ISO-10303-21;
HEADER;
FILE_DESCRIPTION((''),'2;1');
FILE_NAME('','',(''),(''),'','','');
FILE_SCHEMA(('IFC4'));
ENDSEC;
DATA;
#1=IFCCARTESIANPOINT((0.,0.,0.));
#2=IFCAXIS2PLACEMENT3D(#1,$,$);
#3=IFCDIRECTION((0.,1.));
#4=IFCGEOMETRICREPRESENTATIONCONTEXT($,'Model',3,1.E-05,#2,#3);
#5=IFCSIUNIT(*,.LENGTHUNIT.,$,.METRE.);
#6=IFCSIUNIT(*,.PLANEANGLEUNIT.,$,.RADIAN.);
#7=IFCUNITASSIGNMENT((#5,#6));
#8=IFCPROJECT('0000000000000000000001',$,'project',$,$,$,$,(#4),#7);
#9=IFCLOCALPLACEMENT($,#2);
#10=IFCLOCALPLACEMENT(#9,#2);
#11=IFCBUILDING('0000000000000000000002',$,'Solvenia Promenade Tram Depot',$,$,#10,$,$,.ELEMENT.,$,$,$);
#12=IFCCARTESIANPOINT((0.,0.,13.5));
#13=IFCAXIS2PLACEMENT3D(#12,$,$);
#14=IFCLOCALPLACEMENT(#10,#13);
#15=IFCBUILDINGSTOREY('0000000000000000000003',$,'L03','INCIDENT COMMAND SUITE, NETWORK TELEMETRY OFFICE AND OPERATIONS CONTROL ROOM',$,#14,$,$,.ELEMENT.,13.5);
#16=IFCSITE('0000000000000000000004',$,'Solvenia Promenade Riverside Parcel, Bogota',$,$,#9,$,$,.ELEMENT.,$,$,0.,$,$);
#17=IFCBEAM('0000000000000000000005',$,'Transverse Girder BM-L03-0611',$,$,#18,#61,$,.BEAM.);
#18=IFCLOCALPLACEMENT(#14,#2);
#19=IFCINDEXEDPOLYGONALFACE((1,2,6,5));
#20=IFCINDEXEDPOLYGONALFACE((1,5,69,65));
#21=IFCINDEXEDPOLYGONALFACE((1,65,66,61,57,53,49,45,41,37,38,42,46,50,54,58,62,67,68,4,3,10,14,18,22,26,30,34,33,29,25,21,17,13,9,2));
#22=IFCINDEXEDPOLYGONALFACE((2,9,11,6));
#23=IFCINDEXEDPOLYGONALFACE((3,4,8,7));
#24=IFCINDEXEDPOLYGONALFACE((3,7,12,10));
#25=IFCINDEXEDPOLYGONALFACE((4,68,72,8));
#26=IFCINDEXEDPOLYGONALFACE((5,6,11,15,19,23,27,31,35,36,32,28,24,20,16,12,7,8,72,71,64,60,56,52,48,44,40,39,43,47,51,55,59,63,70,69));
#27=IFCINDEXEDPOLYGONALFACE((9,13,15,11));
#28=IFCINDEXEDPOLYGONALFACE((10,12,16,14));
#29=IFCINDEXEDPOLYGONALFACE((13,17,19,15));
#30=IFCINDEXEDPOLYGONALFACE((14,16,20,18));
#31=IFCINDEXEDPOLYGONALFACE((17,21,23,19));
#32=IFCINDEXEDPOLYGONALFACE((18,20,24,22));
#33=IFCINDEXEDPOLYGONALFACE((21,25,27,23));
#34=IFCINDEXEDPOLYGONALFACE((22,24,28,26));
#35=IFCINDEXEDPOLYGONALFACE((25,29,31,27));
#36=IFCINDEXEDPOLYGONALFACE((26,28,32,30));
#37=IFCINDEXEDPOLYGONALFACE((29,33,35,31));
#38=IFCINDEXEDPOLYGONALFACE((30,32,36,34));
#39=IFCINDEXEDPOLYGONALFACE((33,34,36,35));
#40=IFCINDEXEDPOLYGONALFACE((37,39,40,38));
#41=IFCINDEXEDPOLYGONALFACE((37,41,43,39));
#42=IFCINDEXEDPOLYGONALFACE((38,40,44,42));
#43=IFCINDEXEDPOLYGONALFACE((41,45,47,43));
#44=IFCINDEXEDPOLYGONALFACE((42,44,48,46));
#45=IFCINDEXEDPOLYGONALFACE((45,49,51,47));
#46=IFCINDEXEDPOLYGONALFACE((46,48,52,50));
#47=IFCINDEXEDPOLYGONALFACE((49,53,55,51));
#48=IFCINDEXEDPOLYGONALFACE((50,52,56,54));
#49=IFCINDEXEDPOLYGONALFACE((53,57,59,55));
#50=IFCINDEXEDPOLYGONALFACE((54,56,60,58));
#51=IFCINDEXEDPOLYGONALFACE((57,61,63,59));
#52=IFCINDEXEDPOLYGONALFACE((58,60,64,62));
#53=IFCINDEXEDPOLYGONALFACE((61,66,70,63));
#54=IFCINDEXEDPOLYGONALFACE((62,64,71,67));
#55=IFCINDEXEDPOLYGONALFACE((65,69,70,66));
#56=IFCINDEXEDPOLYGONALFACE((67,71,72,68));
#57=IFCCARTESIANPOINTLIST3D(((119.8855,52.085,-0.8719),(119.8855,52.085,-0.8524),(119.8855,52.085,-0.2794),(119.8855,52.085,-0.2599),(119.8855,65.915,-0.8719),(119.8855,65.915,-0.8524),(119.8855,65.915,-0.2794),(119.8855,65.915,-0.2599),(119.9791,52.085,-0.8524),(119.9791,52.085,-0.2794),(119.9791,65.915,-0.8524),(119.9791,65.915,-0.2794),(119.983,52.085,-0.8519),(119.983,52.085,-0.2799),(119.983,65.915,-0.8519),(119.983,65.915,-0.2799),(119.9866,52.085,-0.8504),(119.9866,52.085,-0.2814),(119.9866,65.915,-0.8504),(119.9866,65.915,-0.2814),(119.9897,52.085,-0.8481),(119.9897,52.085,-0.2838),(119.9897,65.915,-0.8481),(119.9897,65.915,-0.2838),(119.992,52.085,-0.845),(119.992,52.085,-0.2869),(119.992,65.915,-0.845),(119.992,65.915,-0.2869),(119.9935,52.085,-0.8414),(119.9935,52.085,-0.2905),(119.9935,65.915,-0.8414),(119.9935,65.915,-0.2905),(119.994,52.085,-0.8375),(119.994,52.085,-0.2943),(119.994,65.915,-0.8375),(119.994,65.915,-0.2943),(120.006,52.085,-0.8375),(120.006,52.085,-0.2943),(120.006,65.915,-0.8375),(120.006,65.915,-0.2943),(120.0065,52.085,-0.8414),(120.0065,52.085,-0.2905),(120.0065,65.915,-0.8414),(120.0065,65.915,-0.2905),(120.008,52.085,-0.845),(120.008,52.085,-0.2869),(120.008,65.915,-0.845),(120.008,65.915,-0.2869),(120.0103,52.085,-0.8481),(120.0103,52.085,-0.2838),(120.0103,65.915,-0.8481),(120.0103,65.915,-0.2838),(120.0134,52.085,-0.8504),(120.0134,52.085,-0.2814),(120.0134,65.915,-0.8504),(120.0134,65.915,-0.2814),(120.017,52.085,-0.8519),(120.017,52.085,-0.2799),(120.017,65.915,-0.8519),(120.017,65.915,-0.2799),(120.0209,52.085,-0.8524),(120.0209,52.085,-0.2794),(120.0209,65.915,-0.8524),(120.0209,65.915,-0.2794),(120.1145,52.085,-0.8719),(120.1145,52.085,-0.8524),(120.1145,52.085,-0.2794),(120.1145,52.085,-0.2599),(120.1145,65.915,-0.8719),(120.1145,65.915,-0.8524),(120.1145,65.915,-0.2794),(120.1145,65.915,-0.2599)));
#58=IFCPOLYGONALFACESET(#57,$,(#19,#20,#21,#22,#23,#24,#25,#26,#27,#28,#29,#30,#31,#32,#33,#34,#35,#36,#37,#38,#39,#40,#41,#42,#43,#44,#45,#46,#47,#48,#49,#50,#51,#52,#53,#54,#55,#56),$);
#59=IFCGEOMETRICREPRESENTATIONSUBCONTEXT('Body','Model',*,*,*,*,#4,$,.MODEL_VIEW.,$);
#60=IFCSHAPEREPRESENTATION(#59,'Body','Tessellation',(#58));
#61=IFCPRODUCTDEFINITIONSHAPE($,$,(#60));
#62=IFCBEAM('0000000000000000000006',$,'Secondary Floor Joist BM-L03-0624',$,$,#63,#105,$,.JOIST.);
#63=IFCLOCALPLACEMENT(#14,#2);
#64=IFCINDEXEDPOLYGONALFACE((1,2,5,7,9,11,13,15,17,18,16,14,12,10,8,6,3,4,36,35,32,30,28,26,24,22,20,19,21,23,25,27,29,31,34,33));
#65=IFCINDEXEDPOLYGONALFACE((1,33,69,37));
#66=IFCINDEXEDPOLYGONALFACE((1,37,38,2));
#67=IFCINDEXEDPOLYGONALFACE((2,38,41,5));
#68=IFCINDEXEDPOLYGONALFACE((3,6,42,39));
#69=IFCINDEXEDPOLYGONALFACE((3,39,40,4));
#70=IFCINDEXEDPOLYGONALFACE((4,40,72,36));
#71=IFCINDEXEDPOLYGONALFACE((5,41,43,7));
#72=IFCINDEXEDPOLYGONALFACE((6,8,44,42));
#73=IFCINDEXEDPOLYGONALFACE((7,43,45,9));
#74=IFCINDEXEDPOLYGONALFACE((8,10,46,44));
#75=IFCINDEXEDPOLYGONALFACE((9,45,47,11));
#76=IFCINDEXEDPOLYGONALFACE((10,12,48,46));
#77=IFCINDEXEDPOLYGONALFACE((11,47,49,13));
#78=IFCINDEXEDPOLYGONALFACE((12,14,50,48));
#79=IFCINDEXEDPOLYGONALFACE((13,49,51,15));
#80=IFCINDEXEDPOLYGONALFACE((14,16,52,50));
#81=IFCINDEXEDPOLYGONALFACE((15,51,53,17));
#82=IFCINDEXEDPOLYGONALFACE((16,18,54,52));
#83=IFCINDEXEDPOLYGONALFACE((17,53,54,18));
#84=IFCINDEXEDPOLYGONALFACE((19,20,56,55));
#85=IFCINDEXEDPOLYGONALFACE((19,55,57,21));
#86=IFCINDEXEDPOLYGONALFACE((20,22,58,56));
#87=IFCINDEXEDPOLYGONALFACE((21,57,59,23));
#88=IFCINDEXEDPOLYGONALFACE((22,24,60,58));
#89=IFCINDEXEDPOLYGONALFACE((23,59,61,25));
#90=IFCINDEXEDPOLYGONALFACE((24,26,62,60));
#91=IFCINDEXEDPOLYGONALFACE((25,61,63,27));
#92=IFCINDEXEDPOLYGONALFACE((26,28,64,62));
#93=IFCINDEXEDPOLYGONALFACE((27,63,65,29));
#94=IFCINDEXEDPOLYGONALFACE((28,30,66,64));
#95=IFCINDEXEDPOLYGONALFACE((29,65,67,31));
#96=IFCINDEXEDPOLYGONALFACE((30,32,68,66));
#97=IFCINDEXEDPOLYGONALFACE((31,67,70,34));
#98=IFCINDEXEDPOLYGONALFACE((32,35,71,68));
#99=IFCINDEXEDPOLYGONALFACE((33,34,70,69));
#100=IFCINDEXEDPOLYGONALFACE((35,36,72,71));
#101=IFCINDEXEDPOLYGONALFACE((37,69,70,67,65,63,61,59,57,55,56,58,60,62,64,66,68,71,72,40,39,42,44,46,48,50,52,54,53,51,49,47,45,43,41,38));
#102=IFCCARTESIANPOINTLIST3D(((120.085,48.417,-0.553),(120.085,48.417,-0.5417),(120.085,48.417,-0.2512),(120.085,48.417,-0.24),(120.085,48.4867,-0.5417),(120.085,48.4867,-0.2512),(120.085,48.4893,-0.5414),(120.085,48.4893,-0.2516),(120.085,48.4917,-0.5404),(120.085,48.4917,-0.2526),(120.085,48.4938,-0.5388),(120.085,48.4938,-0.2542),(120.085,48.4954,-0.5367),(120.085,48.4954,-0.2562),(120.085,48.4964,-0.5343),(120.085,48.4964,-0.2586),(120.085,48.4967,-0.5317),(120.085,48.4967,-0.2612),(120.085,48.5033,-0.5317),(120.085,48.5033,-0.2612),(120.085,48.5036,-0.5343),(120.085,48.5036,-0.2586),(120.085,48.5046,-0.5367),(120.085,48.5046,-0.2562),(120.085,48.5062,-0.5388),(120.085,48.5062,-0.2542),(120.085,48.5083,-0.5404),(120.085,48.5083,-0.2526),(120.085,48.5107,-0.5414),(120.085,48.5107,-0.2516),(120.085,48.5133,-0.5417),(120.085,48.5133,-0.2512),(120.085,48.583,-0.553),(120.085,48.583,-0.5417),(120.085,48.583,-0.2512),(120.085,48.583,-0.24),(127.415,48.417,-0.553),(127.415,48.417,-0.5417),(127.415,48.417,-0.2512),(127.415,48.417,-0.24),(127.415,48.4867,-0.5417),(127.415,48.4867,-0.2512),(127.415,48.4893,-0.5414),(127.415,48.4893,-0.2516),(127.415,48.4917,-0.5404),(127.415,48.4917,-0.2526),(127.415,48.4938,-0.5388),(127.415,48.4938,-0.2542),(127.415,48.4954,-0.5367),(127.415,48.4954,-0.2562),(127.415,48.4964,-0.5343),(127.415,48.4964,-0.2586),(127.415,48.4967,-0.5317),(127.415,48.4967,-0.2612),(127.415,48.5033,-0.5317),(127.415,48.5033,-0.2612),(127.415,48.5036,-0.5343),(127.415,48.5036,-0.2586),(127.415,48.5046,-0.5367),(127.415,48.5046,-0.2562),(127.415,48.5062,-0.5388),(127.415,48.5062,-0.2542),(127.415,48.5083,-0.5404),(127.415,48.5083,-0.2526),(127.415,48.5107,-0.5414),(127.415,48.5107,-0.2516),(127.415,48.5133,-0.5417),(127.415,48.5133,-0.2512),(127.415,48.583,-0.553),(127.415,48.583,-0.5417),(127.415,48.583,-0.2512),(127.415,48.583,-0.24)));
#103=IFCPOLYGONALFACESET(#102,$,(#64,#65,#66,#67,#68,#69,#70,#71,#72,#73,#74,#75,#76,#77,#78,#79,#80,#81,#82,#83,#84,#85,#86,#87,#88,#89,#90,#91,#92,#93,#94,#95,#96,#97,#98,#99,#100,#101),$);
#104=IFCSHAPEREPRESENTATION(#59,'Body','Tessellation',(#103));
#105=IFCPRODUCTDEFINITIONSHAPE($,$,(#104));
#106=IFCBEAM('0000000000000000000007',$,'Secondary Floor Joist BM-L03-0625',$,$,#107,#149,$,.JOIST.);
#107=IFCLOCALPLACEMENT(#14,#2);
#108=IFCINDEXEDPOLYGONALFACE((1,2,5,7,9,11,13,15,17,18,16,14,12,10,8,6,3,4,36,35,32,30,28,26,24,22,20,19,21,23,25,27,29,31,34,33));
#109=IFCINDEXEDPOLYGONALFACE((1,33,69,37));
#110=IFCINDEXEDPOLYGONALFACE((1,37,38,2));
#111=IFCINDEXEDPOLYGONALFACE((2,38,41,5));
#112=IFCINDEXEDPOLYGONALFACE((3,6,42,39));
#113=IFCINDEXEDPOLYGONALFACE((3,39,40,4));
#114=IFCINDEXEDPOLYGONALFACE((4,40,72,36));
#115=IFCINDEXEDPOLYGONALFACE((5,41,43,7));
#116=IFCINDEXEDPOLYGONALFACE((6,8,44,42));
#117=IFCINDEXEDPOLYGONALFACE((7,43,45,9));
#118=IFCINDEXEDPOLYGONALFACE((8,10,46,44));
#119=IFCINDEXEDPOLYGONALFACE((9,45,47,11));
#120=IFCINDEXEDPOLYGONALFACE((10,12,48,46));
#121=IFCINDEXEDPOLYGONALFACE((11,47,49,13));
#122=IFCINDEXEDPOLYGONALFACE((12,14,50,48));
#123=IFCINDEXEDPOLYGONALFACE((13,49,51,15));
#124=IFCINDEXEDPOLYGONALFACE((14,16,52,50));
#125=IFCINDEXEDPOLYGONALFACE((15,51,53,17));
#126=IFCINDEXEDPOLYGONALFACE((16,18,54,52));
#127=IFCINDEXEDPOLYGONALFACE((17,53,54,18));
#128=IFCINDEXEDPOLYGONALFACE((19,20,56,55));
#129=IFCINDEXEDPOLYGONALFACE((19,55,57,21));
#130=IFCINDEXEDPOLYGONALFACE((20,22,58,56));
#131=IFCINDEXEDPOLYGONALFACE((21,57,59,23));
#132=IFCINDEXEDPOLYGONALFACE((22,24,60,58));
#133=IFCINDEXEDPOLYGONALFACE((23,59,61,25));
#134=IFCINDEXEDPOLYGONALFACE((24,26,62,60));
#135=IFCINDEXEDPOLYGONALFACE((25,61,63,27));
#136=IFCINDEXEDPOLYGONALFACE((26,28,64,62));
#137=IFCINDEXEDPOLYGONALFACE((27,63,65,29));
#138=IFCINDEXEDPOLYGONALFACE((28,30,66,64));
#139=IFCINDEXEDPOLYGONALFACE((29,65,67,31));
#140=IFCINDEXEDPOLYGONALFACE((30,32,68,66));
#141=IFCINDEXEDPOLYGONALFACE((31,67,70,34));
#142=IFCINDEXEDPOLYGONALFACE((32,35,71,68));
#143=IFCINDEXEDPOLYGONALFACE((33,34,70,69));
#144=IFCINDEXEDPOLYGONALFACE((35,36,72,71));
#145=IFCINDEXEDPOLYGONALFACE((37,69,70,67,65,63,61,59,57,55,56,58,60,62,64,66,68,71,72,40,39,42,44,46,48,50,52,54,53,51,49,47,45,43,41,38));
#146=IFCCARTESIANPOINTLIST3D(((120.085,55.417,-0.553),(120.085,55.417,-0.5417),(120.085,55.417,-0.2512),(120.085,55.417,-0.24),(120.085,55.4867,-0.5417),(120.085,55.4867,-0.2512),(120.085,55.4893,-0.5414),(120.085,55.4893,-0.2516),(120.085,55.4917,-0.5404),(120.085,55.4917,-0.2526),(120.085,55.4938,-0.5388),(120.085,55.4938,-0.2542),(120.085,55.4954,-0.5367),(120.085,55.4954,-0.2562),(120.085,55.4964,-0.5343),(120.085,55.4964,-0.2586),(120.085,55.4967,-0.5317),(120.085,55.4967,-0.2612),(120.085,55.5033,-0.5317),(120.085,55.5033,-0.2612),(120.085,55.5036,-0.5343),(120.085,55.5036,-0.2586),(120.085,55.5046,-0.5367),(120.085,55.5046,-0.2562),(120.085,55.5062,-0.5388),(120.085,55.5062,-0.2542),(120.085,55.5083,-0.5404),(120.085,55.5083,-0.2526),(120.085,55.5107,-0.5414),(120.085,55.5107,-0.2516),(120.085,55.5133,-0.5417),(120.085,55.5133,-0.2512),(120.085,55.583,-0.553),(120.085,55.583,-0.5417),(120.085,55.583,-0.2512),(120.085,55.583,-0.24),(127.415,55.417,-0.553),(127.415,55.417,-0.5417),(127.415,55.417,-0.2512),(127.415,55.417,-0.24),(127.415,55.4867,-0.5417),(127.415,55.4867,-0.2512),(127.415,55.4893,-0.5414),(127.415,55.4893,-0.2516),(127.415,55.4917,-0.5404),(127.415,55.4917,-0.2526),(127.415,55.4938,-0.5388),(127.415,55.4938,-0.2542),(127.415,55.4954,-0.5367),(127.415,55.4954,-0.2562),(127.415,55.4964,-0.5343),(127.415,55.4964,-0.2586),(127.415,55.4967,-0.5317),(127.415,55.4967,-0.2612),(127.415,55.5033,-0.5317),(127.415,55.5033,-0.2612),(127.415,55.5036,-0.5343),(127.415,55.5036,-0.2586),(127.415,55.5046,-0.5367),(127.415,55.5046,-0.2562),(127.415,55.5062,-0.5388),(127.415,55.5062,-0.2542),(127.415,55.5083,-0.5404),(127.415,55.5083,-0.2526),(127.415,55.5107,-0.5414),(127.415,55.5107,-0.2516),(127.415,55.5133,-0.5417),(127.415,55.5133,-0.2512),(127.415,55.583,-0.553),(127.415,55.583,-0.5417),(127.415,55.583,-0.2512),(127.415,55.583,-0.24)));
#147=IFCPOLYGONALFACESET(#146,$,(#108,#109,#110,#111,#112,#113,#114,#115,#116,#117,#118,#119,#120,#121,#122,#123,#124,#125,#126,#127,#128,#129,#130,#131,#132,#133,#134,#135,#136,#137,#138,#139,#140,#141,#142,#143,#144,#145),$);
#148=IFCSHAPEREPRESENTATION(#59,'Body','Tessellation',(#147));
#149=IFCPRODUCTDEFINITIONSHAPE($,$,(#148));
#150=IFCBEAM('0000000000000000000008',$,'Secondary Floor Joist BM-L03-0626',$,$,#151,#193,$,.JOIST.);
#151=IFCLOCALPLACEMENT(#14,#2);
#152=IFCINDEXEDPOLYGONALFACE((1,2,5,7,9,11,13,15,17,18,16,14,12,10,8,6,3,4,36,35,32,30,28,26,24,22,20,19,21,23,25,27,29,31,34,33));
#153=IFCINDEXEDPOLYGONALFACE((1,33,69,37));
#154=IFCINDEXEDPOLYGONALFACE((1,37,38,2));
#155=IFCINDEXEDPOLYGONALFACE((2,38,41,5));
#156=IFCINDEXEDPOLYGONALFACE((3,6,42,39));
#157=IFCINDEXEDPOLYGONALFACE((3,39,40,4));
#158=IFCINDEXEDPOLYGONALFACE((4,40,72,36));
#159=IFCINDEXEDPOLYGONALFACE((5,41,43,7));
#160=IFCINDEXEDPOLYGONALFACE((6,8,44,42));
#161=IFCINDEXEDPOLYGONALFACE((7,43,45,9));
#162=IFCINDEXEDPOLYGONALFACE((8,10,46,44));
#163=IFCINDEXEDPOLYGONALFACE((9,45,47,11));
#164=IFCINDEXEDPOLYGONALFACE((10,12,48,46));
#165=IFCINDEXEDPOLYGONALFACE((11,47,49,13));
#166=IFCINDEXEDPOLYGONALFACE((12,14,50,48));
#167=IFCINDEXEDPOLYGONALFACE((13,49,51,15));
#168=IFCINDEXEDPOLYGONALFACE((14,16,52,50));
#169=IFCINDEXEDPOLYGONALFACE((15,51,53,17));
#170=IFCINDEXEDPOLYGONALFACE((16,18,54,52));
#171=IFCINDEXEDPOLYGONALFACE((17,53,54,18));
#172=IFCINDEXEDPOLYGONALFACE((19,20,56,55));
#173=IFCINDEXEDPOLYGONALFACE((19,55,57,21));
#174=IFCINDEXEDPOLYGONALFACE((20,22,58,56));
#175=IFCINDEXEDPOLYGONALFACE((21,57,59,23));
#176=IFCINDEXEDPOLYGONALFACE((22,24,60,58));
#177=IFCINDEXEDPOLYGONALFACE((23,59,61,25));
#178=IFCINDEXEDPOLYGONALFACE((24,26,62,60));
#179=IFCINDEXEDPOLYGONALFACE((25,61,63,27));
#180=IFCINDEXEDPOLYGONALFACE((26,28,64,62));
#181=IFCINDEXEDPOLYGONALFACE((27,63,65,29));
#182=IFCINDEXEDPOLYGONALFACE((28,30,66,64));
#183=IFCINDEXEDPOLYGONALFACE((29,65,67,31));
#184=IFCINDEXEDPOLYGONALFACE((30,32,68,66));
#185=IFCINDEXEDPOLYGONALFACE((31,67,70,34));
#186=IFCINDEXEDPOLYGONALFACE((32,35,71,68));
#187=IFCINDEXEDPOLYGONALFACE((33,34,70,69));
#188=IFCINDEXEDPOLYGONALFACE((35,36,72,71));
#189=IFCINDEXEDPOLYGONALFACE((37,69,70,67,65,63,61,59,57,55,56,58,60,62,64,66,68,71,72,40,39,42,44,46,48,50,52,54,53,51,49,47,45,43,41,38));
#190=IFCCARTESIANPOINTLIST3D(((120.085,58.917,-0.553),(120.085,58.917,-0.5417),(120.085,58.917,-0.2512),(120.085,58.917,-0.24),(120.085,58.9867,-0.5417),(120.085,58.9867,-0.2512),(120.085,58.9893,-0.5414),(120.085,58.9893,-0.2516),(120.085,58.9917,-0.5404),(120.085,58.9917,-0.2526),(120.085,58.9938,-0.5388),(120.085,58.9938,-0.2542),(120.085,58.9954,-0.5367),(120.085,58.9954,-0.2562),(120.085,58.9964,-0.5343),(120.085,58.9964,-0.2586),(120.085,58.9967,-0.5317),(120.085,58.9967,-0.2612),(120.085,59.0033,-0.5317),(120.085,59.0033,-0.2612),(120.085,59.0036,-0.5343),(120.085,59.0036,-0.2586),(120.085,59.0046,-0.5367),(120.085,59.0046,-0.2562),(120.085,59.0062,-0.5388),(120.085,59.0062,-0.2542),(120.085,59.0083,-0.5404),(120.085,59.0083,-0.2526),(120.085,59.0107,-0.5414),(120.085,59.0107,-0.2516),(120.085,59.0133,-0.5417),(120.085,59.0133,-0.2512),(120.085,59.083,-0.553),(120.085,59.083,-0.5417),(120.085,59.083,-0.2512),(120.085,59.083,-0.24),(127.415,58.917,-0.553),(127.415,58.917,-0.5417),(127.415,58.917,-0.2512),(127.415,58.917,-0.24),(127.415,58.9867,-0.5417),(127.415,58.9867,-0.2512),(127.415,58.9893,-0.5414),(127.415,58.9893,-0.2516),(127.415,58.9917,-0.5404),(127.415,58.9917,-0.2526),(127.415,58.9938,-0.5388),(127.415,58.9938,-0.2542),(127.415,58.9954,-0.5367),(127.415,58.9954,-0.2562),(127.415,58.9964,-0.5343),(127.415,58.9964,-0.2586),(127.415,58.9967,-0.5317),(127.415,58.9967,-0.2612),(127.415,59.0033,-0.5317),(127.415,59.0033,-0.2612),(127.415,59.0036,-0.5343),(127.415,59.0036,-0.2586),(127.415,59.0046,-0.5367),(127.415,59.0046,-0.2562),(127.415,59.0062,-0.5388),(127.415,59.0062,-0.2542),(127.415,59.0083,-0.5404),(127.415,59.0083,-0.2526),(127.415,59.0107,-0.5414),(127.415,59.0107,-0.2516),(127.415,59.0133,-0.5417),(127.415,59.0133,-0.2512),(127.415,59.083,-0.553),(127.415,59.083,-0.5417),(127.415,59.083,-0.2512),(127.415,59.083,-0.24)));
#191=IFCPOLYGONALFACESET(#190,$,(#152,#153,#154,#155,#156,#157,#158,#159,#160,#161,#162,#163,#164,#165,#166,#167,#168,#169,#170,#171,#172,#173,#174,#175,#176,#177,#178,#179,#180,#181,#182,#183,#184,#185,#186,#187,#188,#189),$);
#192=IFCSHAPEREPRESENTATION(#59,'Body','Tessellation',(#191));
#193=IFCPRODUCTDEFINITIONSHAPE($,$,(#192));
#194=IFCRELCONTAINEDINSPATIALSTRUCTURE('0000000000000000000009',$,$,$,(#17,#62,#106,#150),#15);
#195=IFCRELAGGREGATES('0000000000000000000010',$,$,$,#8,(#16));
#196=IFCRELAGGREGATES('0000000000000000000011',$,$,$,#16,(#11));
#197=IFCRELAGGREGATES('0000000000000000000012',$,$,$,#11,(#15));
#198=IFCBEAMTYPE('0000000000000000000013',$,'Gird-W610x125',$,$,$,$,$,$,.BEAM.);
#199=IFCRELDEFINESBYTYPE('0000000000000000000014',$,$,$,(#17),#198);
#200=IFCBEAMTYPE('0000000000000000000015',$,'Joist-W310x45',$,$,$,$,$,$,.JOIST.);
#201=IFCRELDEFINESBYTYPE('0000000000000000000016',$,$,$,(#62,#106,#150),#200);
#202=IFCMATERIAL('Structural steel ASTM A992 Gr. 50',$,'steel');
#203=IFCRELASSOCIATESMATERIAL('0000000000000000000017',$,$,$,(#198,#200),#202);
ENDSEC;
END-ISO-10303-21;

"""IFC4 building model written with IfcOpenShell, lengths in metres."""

from ifc_helpers import new_model, si_unit, direction, frame, origin, origin_2d, place, context, subcontext, project, spatial, i_section, extrude, material, material_profile, profile_set, type_object, element, save


model = new_model("IFC4")

# Units and contexts
model_context = context("Model", 3, precision=1e-05, world=origin(), true_north=direction((0.0, 1.0)))
body_context = subcontext(model_context, "Body", "Model", "MODEL_VIEW")
ifc_project = project(units=[si_unit("LENGTHUNIT", "METRE"), si_unit("PLANEANGLEUNIT", "RADIAN")], contexts=[model_context])

# Site, building, storey
site_placement = place(None, origin())
site = spatial("IfcSite", under=ifc_project, at=site_placement, Name="Solvenia Promenade Riverside Parcel, Bogota", CompositionType="ELEMENT", RefElevation=0.0)
building_placement = place(site_placement, origin())
building = spatial("IfcBuilding", under=site, at=building_placement, Name="Solvenia Promenade Tram Depot", CompositionType="ELEMENT")
storey_placement = place(building_placement, frame((0.0, 0.0, 13.5)))
storey = spatial("IfcBuildingStorey", under=building, at=storey_placement, Name="L03", Description="INCIDENT COMMAND SUITE, NETWORK TELEMETRY OFFICE AND OPERATIONS CONTROL ROOM", CompositionType="ELEMENT", Elevation=13.5)

# Shared definitions
ifc_material_1 = material(Name="Structural steel ASTM A992 Gr. 50", Category="steel")

# Beams
ifc_material_profile_1 = material_profile(ifc_material_1, i_section(OverallWidth=0.229, OverallDepth=0.6121, WebThickness=0.012, FlangeThickness=0.0195, FilletRadius=0.0149, at=origin_2d()), Name="W610x125", Category="steel")
ifc_profile_set_1 = profile_set([ifc_material_profile_1], Name="Structural steel ASTM A992 Gr. 50")
beam_type_1 = type_object("IfcBeamType", Name="Gird-W610x125", PredefinedType="BEAM", material=ifc_profile_set_1)
beam_1_placement = place(storey_placement, frame((120.0, 52.085, -0.5659), z_axis=(0.0, 1.0, 0.0), x_axis=(-1.0, 0.0, 0.0)))
element("IfcBeam", 1, at=beam_1_placement, inside=storey, type_object=beam_type_1, Name="Transverse Girder BM-L03-0611", PredefinedType="BEAM", context=body_context, shape_type="SweptSolid", body=[
    extrude(i_section(OverallWidth=0.229, OverallDepth=0.6121, WebThickness=0.012, FlangeThickness=0.0195, FilletRadius=0.0149, at=origin_2d()), origin(), (0.0, 0.0, 1.0), 13.8301),
])
ifc_material_profile_2 = material_profile(ifc_material_1, i_section(OverallWidth=0.166, OverallDepth=0.313, WebThickness=0.0066, FlangeThickness=0.0112, FilletRadius=0.01, at=origin_2d()), Name="W310x45", Category="steel")
ifc_profile_set_2 = profile_set([ifc_material_profile_2], Name="Structural steel ASTM A992 Gr. 50")
beam_type_2 = type_object("IfcBeamType", Name="Joist-W310x45", PredefinedType="JOIST", material=ifc_profile_set_2)
for number, where, z_axis, x_axis, name in (
    (2, (120.085, 48.5, -0.3965), (1.0, 0.0, 0.0), (0.0, 1.0, 0.0), "Secondary Floor Joist BM-L03-0624"),
    (3, (120.085, 55.5, -0.3965), (1.0, 0.0, 0.0), (0.0, 1.0, 0.0), "Secondary Floor Joist BM-L03-0625"),
    (4, (120.085, 59.0, -0.3965), (1.0, 0.0, 0.0), (0.0, 1.0, 0.0), "Secondary Floor Joist BM-L03-0626"),
):
    element("IfcBeam", number, at=place(storey_placement, frame(where, z_axis=z_axis, x_axis=x_axis)), inside=storey, type_object=beam_type_2, Name=name, PredefinedType="JOIST", context=body_context, shape_type="SweptSolid", body=[
        extrude(i_section(OverallWidth=0.166, OverallDepth=0.313, WebThickness=0.0066, FlangeThickness=0.0112, FilletRadius=0.01, at=origin_2d()), origin(), (0.0, 0.0, 1.0), 7.3301),
    ])

save(model, "model.ifc")
